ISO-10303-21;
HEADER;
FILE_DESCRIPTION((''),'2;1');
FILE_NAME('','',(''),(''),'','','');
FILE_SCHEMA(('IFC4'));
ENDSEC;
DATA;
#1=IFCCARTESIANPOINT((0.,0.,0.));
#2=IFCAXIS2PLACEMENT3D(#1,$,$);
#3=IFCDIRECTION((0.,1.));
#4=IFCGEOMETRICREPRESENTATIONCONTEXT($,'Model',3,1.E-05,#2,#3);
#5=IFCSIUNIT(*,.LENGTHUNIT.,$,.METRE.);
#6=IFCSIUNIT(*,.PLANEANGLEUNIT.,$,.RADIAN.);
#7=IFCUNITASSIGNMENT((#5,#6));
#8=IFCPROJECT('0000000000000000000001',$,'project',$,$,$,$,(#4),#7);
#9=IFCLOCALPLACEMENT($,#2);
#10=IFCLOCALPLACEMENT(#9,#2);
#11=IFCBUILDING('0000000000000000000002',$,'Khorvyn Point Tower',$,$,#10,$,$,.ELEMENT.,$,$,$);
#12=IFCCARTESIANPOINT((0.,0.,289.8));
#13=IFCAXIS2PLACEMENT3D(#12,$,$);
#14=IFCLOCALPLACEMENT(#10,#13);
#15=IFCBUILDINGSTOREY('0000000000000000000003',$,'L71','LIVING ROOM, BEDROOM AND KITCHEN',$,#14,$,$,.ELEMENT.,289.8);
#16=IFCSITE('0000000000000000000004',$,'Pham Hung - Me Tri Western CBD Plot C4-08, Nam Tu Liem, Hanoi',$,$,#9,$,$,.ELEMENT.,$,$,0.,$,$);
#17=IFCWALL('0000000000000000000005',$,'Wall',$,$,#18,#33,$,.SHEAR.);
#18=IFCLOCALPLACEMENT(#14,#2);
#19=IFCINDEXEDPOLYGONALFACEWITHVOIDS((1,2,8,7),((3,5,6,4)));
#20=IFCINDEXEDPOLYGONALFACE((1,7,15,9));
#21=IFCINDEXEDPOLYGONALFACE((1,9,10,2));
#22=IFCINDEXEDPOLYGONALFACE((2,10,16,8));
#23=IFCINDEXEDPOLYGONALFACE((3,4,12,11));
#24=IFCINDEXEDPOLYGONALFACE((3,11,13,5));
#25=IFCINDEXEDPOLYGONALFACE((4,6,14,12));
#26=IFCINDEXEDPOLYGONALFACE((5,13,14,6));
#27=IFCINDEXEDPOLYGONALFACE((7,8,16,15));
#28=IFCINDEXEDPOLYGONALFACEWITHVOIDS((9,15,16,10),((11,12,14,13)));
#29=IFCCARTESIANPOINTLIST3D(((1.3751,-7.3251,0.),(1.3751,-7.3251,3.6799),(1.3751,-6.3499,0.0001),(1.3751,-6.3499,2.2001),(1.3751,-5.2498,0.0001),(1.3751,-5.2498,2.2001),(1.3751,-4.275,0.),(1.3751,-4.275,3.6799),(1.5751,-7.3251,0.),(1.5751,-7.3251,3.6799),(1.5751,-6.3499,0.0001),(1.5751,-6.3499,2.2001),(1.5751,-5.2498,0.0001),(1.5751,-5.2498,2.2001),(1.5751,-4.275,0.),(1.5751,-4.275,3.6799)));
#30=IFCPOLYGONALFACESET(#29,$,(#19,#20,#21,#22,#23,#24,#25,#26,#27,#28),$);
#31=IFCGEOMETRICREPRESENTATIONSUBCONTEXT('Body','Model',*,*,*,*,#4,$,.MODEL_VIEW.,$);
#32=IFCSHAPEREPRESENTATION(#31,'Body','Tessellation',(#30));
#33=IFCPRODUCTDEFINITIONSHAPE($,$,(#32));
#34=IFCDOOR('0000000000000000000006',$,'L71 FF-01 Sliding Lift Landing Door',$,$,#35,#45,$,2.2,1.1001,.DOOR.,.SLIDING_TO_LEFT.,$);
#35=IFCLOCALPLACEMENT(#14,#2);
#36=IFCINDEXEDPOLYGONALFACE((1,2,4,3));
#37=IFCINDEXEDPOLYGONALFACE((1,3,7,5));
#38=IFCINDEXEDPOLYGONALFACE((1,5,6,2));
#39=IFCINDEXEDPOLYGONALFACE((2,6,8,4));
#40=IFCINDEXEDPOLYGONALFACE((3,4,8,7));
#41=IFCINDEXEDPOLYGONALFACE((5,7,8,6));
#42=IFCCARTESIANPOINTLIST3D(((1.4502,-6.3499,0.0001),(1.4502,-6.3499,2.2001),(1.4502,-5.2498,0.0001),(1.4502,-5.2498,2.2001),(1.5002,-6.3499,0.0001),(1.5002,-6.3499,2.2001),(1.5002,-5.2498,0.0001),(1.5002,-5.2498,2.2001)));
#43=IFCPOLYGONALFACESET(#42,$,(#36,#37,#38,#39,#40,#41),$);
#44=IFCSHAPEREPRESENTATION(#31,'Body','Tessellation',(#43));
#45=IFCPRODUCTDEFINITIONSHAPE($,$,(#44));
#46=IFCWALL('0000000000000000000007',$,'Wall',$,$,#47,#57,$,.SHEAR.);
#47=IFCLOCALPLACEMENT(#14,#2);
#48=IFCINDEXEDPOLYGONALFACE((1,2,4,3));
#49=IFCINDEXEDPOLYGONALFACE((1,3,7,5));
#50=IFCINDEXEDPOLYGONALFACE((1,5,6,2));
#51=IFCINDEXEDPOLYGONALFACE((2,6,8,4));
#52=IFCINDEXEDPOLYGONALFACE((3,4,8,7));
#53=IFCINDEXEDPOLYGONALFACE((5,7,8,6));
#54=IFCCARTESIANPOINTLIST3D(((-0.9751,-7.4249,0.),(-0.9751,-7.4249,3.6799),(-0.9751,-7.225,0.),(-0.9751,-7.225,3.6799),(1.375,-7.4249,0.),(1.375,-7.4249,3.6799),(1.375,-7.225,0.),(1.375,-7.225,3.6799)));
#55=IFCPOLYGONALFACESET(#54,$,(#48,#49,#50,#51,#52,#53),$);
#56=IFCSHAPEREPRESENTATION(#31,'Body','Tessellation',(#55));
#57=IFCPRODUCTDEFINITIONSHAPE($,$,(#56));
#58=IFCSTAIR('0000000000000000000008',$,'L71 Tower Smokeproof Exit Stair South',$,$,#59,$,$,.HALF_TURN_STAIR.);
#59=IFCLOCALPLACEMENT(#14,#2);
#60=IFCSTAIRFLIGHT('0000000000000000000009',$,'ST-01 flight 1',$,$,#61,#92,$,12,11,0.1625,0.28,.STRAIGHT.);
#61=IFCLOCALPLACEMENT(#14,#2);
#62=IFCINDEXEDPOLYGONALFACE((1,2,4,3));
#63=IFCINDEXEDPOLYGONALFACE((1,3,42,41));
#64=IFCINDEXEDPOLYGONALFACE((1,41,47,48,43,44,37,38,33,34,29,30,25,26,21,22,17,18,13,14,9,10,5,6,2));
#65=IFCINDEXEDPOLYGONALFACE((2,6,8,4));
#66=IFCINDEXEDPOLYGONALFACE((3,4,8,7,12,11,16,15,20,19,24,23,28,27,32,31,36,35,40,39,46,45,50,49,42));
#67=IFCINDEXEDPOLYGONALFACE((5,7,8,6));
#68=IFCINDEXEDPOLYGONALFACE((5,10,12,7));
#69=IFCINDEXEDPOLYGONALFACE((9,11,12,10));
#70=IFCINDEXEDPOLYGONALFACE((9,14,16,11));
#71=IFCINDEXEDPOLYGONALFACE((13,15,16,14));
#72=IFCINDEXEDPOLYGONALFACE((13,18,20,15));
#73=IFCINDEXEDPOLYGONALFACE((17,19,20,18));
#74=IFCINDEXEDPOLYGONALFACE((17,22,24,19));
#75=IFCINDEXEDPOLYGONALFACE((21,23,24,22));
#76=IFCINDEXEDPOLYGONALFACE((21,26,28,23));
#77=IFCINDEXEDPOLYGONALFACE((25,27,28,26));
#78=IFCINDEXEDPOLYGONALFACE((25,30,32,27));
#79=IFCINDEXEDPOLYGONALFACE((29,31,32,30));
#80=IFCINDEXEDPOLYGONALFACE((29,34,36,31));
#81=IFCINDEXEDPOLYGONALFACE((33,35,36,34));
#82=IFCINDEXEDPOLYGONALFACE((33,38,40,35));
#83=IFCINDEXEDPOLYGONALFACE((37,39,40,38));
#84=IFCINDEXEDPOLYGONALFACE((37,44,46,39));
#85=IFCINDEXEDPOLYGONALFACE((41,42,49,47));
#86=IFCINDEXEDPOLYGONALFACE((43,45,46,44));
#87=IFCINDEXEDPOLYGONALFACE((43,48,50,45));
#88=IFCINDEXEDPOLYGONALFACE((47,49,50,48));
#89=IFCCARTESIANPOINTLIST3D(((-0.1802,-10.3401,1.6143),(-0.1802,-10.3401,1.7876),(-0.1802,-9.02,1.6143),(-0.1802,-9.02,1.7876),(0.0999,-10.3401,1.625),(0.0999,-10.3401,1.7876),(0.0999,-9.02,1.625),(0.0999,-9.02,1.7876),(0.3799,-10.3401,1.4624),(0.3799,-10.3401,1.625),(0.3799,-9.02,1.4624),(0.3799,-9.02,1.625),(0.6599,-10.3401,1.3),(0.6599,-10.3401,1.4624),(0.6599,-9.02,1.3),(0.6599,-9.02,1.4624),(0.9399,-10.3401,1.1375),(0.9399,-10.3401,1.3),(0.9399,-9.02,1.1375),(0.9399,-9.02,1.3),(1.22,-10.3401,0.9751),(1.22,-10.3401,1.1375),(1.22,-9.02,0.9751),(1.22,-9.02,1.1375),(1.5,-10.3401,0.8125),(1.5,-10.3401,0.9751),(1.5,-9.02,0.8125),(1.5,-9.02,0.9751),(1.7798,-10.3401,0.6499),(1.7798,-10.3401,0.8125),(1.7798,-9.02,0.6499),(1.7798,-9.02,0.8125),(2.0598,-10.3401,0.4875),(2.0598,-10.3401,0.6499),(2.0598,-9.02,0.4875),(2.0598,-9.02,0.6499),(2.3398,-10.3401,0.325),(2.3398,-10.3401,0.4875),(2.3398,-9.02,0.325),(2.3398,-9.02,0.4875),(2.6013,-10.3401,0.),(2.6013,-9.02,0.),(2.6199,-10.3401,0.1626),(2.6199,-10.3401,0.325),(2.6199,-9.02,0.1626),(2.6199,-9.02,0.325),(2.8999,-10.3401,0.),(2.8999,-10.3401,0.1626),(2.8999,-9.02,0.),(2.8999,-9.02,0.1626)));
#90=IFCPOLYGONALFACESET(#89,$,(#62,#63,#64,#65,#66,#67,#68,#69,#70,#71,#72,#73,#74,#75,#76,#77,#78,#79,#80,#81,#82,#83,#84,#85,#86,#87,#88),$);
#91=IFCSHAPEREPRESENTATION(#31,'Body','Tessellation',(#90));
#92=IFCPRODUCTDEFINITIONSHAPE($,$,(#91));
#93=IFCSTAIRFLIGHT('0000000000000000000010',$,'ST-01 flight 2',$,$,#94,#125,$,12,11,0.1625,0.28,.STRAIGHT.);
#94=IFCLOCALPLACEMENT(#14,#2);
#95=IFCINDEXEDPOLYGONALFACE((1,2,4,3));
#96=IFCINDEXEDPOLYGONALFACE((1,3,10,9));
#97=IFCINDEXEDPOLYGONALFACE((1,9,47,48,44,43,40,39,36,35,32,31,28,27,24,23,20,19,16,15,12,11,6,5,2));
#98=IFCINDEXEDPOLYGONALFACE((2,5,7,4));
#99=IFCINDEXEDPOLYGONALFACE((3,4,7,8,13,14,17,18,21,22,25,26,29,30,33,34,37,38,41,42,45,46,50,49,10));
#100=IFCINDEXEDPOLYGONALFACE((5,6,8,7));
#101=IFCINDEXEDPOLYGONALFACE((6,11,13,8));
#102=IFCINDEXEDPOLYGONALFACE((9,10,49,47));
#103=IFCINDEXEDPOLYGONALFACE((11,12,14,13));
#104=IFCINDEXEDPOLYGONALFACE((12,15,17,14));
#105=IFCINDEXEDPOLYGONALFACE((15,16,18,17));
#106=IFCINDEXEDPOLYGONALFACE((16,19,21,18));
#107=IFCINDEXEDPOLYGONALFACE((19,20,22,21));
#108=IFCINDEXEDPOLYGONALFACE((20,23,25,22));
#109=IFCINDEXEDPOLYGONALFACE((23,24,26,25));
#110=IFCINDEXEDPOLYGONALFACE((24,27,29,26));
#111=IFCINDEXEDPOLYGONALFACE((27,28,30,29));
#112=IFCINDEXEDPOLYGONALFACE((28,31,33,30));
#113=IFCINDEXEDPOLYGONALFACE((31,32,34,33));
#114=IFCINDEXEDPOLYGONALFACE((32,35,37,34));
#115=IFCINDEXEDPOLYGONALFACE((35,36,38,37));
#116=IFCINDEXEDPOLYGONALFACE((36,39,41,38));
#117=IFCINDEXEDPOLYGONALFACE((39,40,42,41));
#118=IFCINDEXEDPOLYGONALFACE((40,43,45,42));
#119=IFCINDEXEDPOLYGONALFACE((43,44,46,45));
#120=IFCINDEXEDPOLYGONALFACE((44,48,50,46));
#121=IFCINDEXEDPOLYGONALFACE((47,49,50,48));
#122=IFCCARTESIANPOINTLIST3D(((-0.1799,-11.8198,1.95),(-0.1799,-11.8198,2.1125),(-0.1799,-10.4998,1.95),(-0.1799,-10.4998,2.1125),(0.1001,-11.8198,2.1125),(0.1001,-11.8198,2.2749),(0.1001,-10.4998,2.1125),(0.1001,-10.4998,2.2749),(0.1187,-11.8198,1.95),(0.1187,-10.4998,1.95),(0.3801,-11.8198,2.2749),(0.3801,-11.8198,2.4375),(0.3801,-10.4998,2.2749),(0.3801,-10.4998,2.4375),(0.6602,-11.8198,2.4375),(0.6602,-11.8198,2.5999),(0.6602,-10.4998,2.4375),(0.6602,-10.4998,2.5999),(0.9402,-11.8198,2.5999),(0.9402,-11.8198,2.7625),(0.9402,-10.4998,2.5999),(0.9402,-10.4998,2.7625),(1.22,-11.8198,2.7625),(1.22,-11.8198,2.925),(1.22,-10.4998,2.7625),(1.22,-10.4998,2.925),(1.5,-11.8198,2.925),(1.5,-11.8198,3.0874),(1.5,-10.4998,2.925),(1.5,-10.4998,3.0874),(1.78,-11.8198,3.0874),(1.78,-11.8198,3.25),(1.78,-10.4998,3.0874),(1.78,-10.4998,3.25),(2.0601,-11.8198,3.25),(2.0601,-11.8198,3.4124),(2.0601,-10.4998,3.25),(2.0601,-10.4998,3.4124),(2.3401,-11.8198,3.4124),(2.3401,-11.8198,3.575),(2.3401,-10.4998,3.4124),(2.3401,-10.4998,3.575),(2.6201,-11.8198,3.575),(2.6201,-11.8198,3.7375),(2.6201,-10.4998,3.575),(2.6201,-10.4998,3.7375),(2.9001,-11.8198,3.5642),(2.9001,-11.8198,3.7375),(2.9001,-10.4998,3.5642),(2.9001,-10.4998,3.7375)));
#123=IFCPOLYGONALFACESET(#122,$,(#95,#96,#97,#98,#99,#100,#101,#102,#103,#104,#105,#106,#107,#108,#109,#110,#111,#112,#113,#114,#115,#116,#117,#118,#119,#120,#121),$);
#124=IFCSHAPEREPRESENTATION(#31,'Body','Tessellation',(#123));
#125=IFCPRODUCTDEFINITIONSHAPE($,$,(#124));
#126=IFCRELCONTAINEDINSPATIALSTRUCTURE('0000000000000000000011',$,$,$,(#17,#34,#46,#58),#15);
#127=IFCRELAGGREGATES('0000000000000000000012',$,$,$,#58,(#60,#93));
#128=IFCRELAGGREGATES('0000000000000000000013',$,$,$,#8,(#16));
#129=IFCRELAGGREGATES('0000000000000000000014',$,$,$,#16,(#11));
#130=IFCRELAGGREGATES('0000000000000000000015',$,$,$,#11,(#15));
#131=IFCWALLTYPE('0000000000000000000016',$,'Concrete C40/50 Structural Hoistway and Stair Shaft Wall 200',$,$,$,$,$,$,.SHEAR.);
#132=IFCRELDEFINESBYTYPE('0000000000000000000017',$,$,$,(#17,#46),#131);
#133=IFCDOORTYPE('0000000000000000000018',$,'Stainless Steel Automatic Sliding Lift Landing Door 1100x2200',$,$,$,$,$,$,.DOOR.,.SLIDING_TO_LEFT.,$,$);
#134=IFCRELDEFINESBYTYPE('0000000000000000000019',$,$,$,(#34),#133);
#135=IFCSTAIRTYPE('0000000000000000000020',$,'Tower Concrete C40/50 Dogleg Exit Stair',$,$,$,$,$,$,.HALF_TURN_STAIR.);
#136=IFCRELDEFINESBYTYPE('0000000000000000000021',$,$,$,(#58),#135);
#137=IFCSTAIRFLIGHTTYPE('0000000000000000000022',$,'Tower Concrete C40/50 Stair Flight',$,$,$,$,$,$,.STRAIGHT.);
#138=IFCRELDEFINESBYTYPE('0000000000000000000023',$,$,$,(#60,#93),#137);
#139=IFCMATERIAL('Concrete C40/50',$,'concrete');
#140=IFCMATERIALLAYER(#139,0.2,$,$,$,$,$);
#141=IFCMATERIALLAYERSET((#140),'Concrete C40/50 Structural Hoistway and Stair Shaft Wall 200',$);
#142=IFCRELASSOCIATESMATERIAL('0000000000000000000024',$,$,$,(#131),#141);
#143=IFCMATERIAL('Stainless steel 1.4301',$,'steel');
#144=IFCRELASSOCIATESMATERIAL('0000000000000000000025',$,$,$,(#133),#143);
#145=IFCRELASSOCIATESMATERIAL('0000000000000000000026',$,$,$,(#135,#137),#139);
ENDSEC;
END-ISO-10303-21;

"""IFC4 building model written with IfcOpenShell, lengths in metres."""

from ifc_helpers import new_model, si_unit, direction, frame, frame_2d, origin, place, context, subcontext, project, spatial, polyline, rectangle, outline, extrude, material, layer, layer_set, type_object, element, fill, aggregate, save


model = new_model("IFC4")

# Units and contexts
model_context = context("Model", 3, precision=1e-05, world=origin(), true_north=direction((0.0, 1.0)))
body_context = subcontext(model_context, "Body", "Model", "MODEL_VIEW")
ifc_project = project(units=[si_unit("LENGTHUNIT", "METRE"), si_unit("PLANEANGLEUNIT", "RADIAN")], contexts=[model_context])

# Site, building, storey
site_placement = place(None, origin())
site = spatial("IfcSite", under=ifc_project, at=site_placement, Name="Pham Hung - Me Tri Western CBD Plot C4-08, Nam Tu Liem, Hanoi", CompositionType="ELEMENT", RefElevation=0.0)
building_placement = place(site_placement, origin())
building = spatial("IfcBuilding", under=site, at=building_placement, Name="Khorvyn Point Tower", CompositionType="ELEMENT")
storey_placement = place(building_placement, frame((0.0, 0.0, 289.8)))
storey = spatial("IfcBuildingStorey", under=building, at=storey_placement, Name="L71", Description="LIVING ROOM, BEDROOM AND KITCHEN", CompositionType="ELEMENT", Elevation=289.8)

# Shared definitions
ifc_material_1 = material(Name="Concrete C40/50", Category="concrete")

# Shared definitions
ifc_layer_1 = layer(ifc_material_1, 0.2)
ifc_layer_set_1 = layer_set([ifc_layer_1], Name="Concrete C40/50 Structural Hoistway and Stair Shaft Wall 200")
wall_type_1 = type_object("IfcWallType", Name="Concrete C40/50 Structural Hoistway and Stair Shaft Wall 200", PredefinedType="SHEAR", material=ifc_layer_set_1)
ifc_material_2 = material(Name="Stainless steel 1.4301", Category="steel")
door_type_1 = type_object("IfcDoorType", Name="Stainless Steel Automatic Sliding Lift Landing Door 1100x2200", OperationType="SLIDING_TO_LEFT", PredefinedType="DOOR", material=ifc_material_2)

# Wall, opening, door
wall_1_placement = place(storey_placement, frame((1.4751, -7.325, 0.0), z_axis=(0.0, 0.0, 1.0), x_axis=(0.0, 1.0, 0.0)))
wall_1 = element("IfcWall", 1, at=wall_1_placement, inside=storey, type_object=wall_type_1, Name="Wall", PredefinedType="SHEAR", context=body_context, shape_type="SweptSolid", body=[
    extrude(rectangle(XDim=3.05, YDim=0.2, at=frame_2d((1.5249, 0.0))), origin(), (0.0, 0.0, 1.0), 3.6799),
])
opening_1_placement = place(wall_1_placement, frame((0.9751, 0.0, 0.0)))
opening_1 = element("IfcOpeningElement", 2, at=opening_1_placement, cuts=wall_1, PredefinedType="OPENING", context=body_context, shape_type="SweptSolid", body=[
    extrude(rectangle(XDim=1.1001, YDim=2.2, at=frame_2d((0.55, 1.1001))), frame((0.0, 0.1099, 0.0), z_axis=(0.0, -1.0, 0.0), x_axis=(1.0, 0.0, 0.0)), (0.0, 0.0, 1.0), 0.22),
])
door_1_placement = place(opening_1_placement, origin())
door_1 = element("IfcDoor", 3, at=door_1_placement, inside=storey, type_object=door_type_1, Name="L71 FF-01 Sliding Lift Landing Door", OperationType="SLIDING_TO_LEFT", OverallHeight=2.2, OverallWidth=1.1001, PredefinedType="DOOR", context=body_context, shape_type="SweptSolid", body=[
    extrude(rectangle(XDim=1.1001, YDim=2.2, at=frame_2d((0.55, 1.1001))), frame((0.0, 0.0249, 0.0), z_axis=(0.0, -1.0, 0.0), x_axis=(1.0, 0.0, 0.0)), (0.0, 0.0, 1.0), 0.05),
])
fill(opening_1, door_1)

# Wall
wall_2_placement = place(storey_placement, frame((-0.9751, -7.325, 0.0), z_axis=(0.0, 0.0, 1.0), x_axis=(1.0, 0.0, 0.0)))
element("IfcWall", 4, at=wall_2_placement, inside=storey, type_object=wall_type_1, Name="Wall", PredefinedType="SHEAR", context=body_context, shape_type="SweptSolid", body=[
    extrude(rectangle(XDim=2.3501, YDim=0.2, at=frame_2d((1.175, 0.0))), origin(), (0.0, 0.0, 1.0), 3.6799),
])

# Stair, stair flights
stair_type = type_object("IfcStairType", Name="Tower Concrete C40/50 Dogleg Exit Stair", PredefinedType="HALF_TURN_STAIR", material=ifc_material_1)
stair_placement = place(storey_placement, origin())
stair = element("IfcStair", 5, at=stair_placement, inside=storey, type_object=stair_type, Name="L71 Tower Smokeproof Exit Stair South", PredefinedType="HALF_TURN_STAIR")
stair_flight_type = type_object("IfcStairFlightType", Name="Tower Concrete C40/50 Stair Flight", PredefinedType="STRAIGHT", material=ifc_material_1)
stair_flight_1_placement = place(storey_placement, frame((2.8999, -9.6799, 0.0), z_axis=(0.0, 0.0, 1.0), x_axis=(-1.0, 0.0, 0.0)))
stair_flight_1 = element("IfcStairFlight", 6, at=stair_flight_1_placement, type_object=stair_flight_type, Name="ST-01 flight 1", NumberOfRisers=12, NumberOfTreads=11, PredefinedType="STRAIGHT", RiserHeight=0.1625, TreadLength=0.28, context=body_context, shape_type="SweptSolid", body=[
    extrude(outline(polyline([(0.0, 0.0), (0.0, 0.1626), (0.28, 0.1626), (0.28, 0.325), (0.5601, 0.325), (0.5601, 0.4875), (0.8401, 0.4875), (0.8401, 0.6499), (1.1201, 0.6499), (1.1201, 0.8125), (1.3999, 0.8125), (1.3999, 0.9751), (1.6799, 0.9751), (1.6799, 1.1375), (1.96, 1.1375), (1.96, 1.3), (2.24, 1.3), (2.24, 1.4624), (2.52, 1.4624), (2.52, 1.625), (2.8, 1.625), (2.8, 1.7876), (3.0801, 1.7876), (3.0801, 1.95), (3.0801, 1.6143), (0.2986, 0.0), (0.0, 0.0)])), frame((0.0, 0.6602, 0.0), z_axis=(0.0, -1.0, 0.0), x_axis=(1.0, 0.0, 0.0)), (0.0, 0.0, 1.0), 1.3201),
])
stair_flight_2_placement = place(storey_placement, frame((-0.1799, -11.1599, 1.95), z_axis=(0.0, 0.0, 1.0), x_axis=(1.0, 0.0, 0.0)))
stair_flight_2 = element("IfcStairFlight", 7, at=stair_flight_2_placement, type_object=stair_flight_type, Name="ST-01 flight 2", NumberOfRisers=12, NumberOfTreads=11, PredefinedType="STRAIGHT", RiserHeight=0.1625, TreadLength=0.28, context=body_context, shape_type="SweptSolid", body=[
    extrude(outline(polyline([(0.0, 0.0), (0.0, 0.1626), (0.28, 0.1626), (0.28, 0.325), (0.5601, 0.325), (0.5601, 0.4875), (0.8401, 0.4875), (0.8401, 0.6499), (1.1201, 0.6499), (1.1201, 0.8125), (1.3999, 0.8125), (1.3999, 0.9751), (1.6799, 0.9751), (1.6799, 1.1375), (1.96, 1.1375), (1.96, 1.3), (2.24, 1.3), (2.24, 1.4624), (2.52, 1.4624), (2.52, 1.625), (2.8, 1.625), (2.8, 1.7876), (3.0801, 1.7876), (3.0801, 1.95), (3.0801, 1.6143), (0.2986, 0.0), (0.0, 0.0)])), frame((0.0, 0.6602, 0.0), z_axis=(0.0, -1.0, 0.0), x_axis=(1.0, 0.0, 0.0)), (0.0, 0.0, 1.0), 1.3201),
])
aggregate(stair, [stair_flight_1, stair_flight_2])

save(model, "model.ifc")
